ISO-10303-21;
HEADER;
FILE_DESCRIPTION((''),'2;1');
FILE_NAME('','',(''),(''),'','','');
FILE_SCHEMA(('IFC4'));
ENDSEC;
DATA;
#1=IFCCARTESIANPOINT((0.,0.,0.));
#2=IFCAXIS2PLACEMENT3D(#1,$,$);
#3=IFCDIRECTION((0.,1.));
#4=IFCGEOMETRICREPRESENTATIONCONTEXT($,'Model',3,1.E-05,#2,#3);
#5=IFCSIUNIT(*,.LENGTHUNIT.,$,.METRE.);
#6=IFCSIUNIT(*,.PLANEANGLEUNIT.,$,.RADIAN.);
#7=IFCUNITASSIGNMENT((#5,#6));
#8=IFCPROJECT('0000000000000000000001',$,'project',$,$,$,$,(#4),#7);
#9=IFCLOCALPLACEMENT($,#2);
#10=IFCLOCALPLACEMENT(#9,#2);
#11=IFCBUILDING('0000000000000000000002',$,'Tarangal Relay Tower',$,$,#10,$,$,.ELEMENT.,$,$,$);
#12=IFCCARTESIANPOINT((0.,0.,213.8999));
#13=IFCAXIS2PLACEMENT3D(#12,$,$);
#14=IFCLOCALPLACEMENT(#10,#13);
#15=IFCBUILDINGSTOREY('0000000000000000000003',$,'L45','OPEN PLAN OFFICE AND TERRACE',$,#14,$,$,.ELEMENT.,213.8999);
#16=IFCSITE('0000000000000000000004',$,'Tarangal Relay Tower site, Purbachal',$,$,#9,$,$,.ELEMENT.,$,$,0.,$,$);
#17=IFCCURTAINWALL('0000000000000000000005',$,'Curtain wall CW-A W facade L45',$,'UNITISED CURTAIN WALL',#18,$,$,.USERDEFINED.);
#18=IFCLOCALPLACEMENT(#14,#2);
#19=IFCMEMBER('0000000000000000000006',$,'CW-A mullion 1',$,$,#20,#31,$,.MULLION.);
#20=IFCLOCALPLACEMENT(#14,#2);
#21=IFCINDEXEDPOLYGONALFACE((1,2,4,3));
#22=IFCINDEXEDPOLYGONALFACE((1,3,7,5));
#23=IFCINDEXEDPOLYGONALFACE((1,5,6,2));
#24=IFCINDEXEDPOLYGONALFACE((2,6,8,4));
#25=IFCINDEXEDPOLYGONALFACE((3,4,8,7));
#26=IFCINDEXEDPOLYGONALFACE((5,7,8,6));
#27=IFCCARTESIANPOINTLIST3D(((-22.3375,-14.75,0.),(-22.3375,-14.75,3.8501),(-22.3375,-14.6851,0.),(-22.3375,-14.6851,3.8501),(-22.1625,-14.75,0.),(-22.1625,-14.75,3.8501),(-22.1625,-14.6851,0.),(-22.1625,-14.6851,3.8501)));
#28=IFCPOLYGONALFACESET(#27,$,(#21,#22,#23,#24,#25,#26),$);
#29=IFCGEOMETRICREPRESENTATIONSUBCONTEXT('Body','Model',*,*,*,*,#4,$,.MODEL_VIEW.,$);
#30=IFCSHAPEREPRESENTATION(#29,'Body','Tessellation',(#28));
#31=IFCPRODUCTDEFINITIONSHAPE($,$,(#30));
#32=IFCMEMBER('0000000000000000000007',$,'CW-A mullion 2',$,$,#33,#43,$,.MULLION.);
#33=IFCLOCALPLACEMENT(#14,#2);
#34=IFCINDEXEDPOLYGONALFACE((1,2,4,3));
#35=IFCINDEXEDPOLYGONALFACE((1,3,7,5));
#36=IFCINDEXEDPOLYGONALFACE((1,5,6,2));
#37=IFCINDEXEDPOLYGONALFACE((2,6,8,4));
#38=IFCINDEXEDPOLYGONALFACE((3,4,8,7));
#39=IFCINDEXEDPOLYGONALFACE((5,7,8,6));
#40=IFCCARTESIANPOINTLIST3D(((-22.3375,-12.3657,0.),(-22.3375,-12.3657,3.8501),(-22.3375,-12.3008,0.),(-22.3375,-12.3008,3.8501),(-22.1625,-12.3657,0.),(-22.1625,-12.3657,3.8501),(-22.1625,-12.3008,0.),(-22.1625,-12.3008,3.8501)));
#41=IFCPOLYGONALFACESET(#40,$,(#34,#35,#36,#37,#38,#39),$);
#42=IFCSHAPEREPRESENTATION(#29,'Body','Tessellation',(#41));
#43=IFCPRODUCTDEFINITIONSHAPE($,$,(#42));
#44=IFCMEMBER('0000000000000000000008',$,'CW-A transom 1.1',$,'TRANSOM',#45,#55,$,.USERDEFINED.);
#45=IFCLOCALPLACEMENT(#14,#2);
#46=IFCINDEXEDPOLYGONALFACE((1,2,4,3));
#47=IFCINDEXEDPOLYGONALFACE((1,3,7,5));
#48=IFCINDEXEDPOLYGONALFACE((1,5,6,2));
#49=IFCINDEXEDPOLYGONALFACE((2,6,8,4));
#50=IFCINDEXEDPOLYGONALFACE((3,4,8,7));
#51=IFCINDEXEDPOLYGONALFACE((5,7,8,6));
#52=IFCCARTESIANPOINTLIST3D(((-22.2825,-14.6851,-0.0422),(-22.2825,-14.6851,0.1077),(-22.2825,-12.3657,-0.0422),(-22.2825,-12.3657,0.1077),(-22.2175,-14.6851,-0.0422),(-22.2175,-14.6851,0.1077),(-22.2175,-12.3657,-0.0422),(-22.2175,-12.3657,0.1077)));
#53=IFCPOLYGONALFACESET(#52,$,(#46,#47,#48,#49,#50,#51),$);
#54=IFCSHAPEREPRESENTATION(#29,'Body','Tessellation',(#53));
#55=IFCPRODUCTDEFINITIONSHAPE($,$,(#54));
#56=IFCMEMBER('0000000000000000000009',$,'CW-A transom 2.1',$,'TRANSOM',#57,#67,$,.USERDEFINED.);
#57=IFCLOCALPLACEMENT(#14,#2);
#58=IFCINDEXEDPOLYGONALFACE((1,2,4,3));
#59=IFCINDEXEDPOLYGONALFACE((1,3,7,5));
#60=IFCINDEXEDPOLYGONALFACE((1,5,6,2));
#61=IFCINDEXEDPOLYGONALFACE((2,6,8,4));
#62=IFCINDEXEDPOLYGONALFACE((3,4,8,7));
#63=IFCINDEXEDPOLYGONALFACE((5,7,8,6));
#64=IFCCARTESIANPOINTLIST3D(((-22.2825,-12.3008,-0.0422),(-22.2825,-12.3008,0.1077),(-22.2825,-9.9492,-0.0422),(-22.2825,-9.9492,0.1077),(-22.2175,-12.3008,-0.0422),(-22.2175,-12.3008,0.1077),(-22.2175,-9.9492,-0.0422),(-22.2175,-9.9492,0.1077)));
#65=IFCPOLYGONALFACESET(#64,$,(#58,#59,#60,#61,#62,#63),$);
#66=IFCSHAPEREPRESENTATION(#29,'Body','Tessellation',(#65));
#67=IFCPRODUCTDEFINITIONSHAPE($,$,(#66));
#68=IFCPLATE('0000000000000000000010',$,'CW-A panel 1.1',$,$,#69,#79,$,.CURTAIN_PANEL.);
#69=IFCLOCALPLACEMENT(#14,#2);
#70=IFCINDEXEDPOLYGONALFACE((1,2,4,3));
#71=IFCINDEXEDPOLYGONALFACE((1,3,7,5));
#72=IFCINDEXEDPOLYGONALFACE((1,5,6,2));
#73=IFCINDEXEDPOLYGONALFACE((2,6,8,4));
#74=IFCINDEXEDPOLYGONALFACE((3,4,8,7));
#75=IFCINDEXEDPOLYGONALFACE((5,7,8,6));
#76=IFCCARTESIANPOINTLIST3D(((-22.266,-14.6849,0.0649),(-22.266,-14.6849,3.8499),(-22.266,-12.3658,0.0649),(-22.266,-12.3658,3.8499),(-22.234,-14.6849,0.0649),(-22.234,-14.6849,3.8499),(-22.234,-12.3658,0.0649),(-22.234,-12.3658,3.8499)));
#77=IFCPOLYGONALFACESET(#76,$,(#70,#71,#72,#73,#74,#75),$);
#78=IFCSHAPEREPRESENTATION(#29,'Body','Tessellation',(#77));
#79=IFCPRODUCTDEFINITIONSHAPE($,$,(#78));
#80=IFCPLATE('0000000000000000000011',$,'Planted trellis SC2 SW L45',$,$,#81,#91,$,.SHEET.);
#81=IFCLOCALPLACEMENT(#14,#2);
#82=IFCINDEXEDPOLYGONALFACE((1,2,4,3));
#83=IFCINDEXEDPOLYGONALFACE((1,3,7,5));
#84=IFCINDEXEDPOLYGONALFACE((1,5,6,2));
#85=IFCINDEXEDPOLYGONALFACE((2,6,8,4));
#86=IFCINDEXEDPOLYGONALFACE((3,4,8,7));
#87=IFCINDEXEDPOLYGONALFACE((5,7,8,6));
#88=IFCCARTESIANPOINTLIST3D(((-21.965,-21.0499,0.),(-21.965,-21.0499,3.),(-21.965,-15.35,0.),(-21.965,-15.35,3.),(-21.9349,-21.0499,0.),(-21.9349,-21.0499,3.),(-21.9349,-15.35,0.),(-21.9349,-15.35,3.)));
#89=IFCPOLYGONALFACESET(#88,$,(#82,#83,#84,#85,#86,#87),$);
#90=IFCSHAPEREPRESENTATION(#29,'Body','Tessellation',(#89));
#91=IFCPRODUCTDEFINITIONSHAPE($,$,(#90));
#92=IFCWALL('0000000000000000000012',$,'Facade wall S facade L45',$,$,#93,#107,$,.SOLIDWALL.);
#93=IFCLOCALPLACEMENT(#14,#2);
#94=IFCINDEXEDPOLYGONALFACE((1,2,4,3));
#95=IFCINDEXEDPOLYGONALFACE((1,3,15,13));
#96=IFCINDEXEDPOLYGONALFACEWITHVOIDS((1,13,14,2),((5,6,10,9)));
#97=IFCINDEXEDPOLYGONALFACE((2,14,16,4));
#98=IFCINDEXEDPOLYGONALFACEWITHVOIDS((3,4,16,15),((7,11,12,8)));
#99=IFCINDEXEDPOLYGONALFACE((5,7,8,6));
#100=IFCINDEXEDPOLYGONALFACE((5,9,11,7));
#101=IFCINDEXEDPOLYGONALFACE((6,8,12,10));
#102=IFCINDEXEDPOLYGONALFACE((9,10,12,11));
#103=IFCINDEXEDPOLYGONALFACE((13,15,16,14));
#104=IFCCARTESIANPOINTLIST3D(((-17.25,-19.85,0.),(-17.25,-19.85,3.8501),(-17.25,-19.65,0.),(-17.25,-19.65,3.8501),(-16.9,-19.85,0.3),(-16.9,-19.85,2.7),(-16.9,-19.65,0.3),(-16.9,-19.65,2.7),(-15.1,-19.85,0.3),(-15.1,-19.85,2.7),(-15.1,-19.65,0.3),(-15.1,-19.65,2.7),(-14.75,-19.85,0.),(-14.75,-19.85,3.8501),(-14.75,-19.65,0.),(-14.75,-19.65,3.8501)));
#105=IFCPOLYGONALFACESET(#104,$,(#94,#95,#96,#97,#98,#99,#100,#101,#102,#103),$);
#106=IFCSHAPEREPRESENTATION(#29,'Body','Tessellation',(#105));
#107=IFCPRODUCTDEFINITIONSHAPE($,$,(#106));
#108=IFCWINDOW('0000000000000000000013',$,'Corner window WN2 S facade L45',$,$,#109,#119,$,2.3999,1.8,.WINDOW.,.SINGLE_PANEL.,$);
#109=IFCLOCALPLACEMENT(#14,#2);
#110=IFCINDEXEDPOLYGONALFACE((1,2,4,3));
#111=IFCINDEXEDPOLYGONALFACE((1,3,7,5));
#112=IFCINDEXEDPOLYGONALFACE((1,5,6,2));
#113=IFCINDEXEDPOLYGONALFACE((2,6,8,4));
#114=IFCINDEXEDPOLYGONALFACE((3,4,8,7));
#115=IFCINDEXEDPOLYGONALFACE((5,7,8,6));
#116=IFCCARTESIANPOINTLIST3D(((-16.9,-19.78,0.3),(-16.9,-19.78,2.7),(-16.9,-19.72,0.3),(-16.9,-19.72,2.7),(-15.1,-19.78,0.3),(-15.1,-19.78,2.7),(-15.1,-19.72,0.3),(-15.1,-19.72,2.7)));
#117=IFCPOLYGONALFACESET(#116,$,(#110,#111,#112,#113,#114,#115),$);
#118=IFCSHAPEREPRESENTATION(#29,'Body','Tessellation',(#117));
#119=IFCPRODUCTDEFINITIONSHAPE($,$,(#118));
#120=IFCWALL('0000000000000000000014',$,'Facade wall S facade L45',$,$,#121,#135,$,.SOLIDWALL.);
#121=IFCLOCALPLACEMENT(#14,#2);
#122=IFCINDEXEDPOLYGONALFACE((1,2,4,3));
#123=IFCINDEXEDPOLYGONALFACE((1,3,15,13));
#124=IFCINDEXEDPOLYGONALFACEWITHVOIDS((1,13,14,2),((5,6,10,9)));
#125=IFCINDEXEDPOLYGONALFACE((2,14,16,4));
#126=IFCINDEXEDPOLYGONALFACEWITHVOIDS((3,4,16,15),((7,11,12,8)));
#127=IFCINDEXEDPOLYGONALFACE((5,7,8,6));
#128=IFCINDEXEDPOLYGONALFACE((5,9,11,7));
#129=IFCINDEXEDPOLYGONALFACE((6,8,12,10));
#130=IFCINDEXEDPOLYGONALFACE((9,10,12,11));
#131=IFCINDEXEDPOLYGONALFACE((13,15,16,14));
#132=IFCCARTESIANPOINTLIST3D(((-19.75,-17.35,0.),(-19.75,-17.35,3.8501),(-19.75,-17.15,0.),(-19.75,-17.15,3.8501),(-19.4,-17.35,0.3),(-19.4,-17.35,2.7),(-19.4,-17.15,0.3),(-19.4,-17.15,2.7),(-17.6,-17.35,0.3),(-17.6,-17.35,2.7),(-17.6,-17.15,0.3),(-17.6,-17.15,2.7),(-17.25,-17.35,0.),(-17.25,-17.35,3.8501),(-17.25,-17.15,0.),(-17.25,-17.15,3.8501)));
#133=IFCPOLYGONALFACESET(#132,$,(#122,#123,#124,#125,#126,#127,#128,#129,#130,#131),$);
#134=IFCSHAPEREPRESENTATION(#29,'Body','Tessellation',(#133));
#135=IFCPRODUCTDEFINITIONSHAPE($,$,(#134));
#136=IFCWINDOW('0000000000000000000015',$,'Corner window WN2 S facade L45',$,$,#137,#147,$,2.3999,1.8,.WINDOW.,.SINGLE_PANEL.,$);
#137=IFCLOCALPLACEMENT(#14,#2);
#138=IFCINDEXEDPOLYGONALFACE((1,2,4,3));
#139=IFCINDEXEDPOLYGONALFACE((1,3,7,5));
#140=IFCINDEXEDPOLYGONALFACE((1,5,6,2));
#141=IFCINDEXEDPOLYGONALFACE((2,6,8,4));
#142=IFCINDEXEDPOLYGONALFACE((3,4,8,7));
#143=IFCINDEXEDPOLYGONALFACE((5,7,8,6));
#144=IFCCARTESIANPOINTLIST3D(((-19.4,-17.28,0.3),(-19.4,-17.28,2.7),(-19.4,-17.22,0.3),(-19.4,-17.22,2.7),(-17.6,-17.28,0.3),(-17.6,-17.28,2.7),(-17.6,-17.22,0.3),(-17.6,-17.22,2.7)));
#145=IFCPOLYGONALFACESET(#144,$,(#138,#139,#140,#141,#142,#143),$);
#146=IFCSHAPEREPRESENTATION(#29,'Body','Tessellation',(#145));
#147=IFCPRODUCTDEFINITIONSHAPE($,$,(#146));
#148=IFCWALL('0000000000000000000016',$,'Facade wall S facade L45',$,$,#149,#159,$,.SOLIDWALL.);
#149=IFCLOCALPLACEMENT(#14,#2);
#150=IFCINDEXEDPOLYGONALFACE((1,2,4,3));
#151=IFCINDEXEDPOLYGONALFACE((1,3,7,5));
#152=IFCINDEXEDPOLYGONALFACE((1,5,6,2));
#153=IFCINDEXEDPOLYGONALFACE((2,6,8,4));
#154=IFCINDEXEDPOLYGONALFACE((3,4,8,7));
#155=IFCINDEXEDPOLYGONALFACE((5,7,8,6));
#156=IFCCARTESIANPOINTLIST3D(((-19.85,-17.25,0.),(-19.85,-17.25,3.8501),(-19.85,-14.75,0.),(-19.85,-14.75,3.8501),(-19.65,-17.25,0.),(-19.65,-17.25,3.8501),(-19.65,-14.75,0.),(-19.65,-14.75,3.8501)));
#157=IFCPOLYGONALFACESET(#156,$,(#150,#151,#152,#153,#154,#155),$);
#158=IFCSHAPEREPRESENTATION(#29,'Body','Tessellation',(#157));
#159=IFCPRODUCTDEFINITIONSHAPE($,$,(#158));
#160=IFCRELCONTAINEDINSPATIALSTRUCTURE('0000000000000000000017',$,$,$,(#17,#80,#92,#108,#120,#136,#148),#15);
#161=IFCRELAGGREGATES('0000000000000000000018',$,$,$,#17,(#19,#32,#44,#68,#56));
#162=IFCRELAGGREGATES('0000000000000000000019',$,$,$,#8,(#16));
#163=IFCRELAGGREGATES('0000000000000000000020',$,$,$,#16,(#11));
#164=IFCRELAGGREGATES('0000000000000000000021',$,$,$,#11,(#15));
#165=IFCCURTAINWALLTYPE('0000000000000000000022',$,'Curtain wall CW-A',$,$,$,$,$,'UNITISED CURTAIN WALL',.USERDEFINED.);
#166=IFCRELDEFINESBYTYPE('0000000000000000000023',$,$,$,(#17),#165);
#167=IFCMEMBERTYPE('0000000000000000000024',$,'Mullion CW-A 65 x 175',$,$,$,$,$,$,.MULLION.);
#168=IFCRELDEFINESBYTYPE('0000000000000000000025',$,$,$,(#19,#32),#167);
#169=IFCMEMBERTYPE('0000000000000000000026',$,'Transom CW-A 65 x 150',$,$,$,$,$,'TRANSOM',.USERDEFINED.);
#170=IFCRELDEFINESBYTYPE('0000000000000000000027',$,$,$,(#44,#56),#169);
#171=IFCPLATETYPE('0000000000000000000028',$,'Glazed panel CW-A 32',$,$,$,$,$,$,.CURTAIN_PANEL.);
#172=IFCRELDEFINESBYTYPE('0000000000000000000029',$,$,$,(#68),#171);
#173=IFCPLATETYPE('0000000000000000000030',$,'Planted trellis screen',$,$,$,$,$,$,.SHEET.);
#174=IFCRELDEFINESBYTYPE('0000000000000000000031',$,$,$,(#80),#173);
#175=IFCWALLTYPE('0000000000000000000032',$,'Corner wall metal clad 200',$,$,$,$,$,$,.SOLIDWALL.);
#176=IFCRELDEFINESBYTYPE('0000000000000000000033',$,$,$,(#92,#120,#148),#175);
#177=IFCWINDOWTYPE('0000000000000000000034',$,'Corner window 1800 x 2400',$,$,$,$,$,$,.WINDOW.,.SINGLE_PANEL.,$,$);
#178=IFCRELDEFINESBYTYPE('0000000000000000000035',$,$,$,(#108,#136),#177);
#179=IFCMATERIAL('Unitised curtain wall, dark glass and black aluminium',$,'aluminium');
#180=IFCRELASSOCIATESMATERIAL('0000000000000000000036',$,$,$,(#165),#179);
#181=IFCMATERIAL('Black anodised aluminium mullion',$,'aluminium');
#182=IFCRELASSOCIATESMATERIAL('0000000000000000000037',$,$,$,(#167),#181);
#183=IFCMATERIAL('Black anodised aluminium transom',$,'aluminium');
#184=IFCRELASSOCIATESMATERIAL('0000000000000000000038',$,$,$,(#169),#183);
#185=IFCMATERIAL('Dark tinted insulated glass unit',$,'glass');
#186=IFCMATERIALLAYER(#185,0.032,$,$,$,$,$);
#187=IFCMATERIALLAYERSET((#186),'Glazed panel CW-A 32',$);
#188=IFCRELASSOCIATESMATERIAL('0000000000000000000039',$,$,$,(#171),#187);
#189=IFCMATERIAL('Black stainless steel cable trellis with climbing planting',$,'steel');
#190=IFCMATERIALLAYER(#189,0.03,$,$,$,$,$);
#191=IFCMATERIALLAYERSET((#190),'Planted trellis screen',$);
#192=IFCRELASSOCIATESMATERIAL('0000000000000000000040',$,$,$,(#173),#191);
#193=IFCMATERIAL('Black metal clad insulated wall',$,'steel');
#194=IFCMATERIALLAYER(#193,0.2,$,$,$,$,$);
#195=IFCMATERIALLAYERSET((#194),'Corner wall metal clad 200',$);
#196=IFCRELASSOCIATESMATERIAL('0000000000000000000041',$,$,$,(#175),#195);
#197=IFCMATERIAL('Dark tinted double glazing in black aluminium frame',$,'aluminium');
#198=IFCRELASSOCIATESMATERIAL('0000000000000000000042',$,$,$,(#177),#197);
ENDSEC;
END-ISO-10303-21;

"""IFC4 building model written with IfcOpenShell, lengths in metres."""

from ifc_helpers import new_model, si_unit, direction, frame, frame_2d, origin, origin_2d, place, context, subcontext, project, spatial, rectangle, extrude, material, layer, layer_set, material_profile, profile_set, type_object, element, fill, aggregate, save


model = new_model("IFC4")

# Units and contexts
model_context = context("Model", 3, precision=1e-05, world=origin(), true_north=direction((0.0, 1.0)))
body_context = subcontext(model_context, "Body", "Model", "MODEL_VIEW")
ifc_project = project(units=[si_unit("LENGTHUNIT", "METRE"), si_unit("PLANEANGLEUNIT", "RADIAN")], contexts=[model_context])

# Site, building, storey
site_placement = place(None, origin())
site = spatial("IfcSite", under=ifc_project, at=site_placement, Name="Tarangal Relay Tower site, Purbachal", CompositionType="ELEMENT", RefElevation=0.0)
building_placement = place(site_placement, origin())
building = spatial("IfcBuilding", under=site, at=building_placement, Name="Tarangal Relay Tower", CompositionType="ELEMENT")
storey_placement = place(building_placement, frame((0.0, 0.0, 213.8999)))
storey = spatial("IfcBuildingStorey", under=building, at=storey_placement, Name="L45", Description="OPEN PLAN OFFICE AND TERRACE", CompositionType="ELEMENT", Elevation=213.8999)

# Curtain wall, members, plate
ifc_material_1 = material(Name="Unitised curtain wall, dark glass and black aluminium", Category="aluminium")
curtain_wall_type = type_object("IfcCurtainWallType", Name="Curtain wall CW-A", ElementType="UNITISED CURTAIN WALL", PredefinedType="USERDEFINED", material=ifc_material_1)
curtain_wall_placement = place(storey_placement, origin())
curtain_wall = element("IfcCurtainWall", 1, at=curtain_wall_placement, inside=storey, type_object=curtain_wall_type, Name="Curtain wall CW-A W facade L45", ObjectType="UNITISED CURTAIN WALL", PredefinedType="USERDEFINED")
ifc_material_2 = material(Name="Black anodised aluminium mullion", Category="aluminium")
ifc_material_profile_1 = material_profile(ifc_material_2, rectangle(XDim=0.175, YDim=0.0649, at=origin_2d()), Name="CW-AM 65X175")
ifc_profile_set_1 = profile_set([ifc_material_profile_1], Name="Black anodised aluminium mullion")
member_type_1 = type_object("IfcMemberType", Name="Mullion CW-A 65 x 175", PredefinedType="MULLION", material=ifc_profile_set_1)
member_1_placement = place(storey_placement, frame((-22.25, -14.7175, 0.0), z_axis=(0.0, 0.0, 1.0), x_axis=(-1.0, 0.0, 0.0)))
member_1 = element("IfcMember", 2, at=member_1_placement, type_object=member_type_1, Name="CW-A mullion 1", PredefinedType="MULLION", context=body_context, shape_type="SweptSolid", body=[
    extrude(rectangle(XDim=0.175, YDim=0.0649, at=origin_2d()), origin(), (0.0, 0.0, 1.0), 3.8501),
])
member_2_placement = place(storey_placement, frame((-22.25, -12.3333, 0.0), z_axis=(0.0, 0.0, 1.0), x_axis=(-1.0, 0.0, 0.0)))
member_2 = element("IfcMember", 3, at=member_2_placement, type_object=member_type_1, Name="CW-A mullion 2", PredefinedType="MULLION", context=body_context, shape_type="SweptSolid", body=[
    extrude(rectangle(XDim=0.175, YDim=0.0649, at=origin_2d()), origin(), (0.0, 0.0, 1.0), 3.8501),
])
ifc_material_3 = material(Name="Black anodised aluminium transom", Category="aluminium")
ifc_material_profile_2 = material_profile(ifc_material_3, rectangle(XDim=0.0649, YDim=0.1499, at=origin_2d()), Name="CW-AT 65X150")
ifc_profile_set_2 = profile_set([ifc_material_profile_2], Name="Black anodised aluminium transom")
member_type_2 = type_object("IfcMemberType", Name="Transom CW-A 65 x 150", ElementType="TRANSOM", PredefinedType="USERDEFINED", material=ifc_profile_set_2)
member_3_placement = place(storey_placement, frame((-22.25, -14.6851, 0.0327), z_axis=(0.0, 1.0, 0.0), x_axis=(-1.0, 0.0, 0.0)))
member_3 = element("IfcMember", 4, at=member_3_placement, type_object=member_type_2, Name="CW-A transom 1.1", ObjectType="TRANSOM", PredefinedType="USERDEFINED", context=body_context, shape_type="SweptSolid", body=[
    extrude(rectangle(XDim=0.0649, YDim=0.1499, at=origin_2d()), origin(), (0.0, 0.0, 1.0), 2.3193),
])
member_4_placement = place(storey_placement, frame((-22.25, -12.3008, 0.0327), z_axis=(0.0, 1.0, 0.0), x_axis=(-1.0, 0.0, 0.0)))
member_4 = element("IfcMember", 5, at=member_4_placement, type_object=member_type_2, Name="CW-A transom 2.1", ObjectType="TRANSOM", PredefinedType="USERDEFINED", context=body_context, shape_type="SweptSolid", body=[
    extrude(rectangle(XDim=0.0649, YDim=0.1499, at=origin_2d()), origin(), (0.0, 0.0, 1.0), 2.3516),
])
ifc_material_4 = material(Name="Dark tinted insulated glass unit", Category="glass")
ifc_layer_1 = layer(ifc_material_4, 0.032)
ifc_layer_set_1 = layer_set([ifc_layer_1], Name="Glazed panel CW-A 32")
plate_type_1 = type_object("IfcPlateType", Name="Glazed panel CW-A 32", PredefinedType="CURTAIN_PANEL", material=ifc_layer_set_1)
plate_1_placement = place(storey_placement, frame((-22.25, -13.5254, 0.0649), z_axis=(0.0, 0.0, 1.0), x_axis=(0.0, 1.0, 0.0)))
plate_1 = element("IfcPlate", 6, at=plate_1_placement, type_object=plate_type_1, Name="CW-A panel 1.1", PredefinedType="CURTAIN_PANEL", context=body_context, shape_type="SweptSolid", body=[
    extrude(rectangle(XDim=2.3191, YDim=0.032, at=origin_2d()), origin(), (0.0, 0.0, 1.0), 3.7849),
])
aggregate(curtain_wall, [member_1, member_2, member_3, plate_1, member_4])

# Plate
ifc_material_5 = material(Name="Black stainless steel cable trellis with climbing planting", Category="steel")
ifc_layer_2 = layer(ifc_material_5, 0.03)
ifc_layer_set_2 = layer_set([ifc_layer_2], Name="Planted trellis screen")
plate_type_2 = type_object("IfcPlateType", Name="Planted trellis screen", PredefinedType="SHEET", material=ifc_layer_set_2)
plate_2_placement = place(storey_placement, frame((-21.95, -18.2, 0.0), z_axis=(0.0, 0.0, 1.0), x_axis=(0.0, 1.0, 0.0)))
element("IfcPlate", 7, at=plate_2_placement, inside=storey, type_object=plate_type_2, Name="Planted trellis SC2 SW L45", PredefinedType="SHEET", context=body_context, shape_type="SweptSolid", body=[
    extrude(rectangle(XDim=5.7, YDim=0.03, at=origin_2d()), origin(), (0.0, 0.0, 1.0), 3.0),
])

# Wall, opening, window
ifc_material_6 = material(Name="Black metal clad insulated wall", Category="steel")
ifc_layer_3 = layer(ifc_material_6, 0.2)
ifc_layer_set_3 = layer_set([ifc_layer_3], Name="Corner wall metal clad 200")
wall_type_1 = type_object("IfcWallType", Name="Corner wall metal clad 200", PredefinedType="SOLIDWALL", material=ifc_layer_set_3)
wall_1_placement = place(storey_placement, frame((-14.75, -19.75, 0.0), z_axis=(0.0, 0.0, 1.0), x_axis=(-1.0, 0.0, 0.0)))
wall_1 = element("IfcWall", 8, at=wall_1_placement, inside=storey, type_object=wall_type_1, Name="Facade wall S facade L45", PredefinedType="SOLIDWALL", context=body_context, shape_type="SweptSolid", body=[
    extrude(rectangle(XDim=2.5, YDim=0.2, at=frame_2d((1.25, 0.0))), origin(), (0.0, 0.0, 1.0), 3.8501),
])
opening_1_placement = place(wall_1_placement, frame((0.3501, 0.0, 0.3)))
opening_1 = element("IfcOpeningElement", 9, at=opening_1_placement, cuts=wall_1, PredefinedType="OPENING", context=body_context, shape_type="SweptSolid", body=[
    extrude(rectangle(XDim=1.8, YDim=2.3999, at=frame_2d((0.8999, 1.2))), frame((0.0, 0.1099, 0.0), z_axis=(0.0, -1.0, 0.0), x_axis=(1.0, 0.0, 0.0)), (0.0, 0.0, 1.0), 0.22),
])
ifc_material_7 = material(Name="Dark tinted double glazing in black aluminium frame", Category="aluminium")
window_type = type_object("IfcWindowType", Name="Corner window 1800 x 2400", PartitioningType="SINGLE_PANEL", PredefinedType="WINDOW", material=ifc_material_7)
window_1_placement = place(opening_1_placement, origin())
window_1 = element("IfcWindow", 10, at=window_1_placement, inside=storey, type_object=window_type, Name="Corner window WN2 S facade L45", OverallHeight=2.3999, OverallWidth=1.8, PartitioningType="SINGLE_PANEL", PredefinedType="WINDOW", context=body_context, shape_type="SweptSolid", body=[
    extrude(rectangle(XDim=1.8, YDim=2.3999, at=frame_2d((0.8999, 1.2))), frame((0.0, 0.03, 0.0), z_axis=(0.0, -1.0, 0.0), x_axis=(1.0, 0.0, 0.0)), (0.0, 0.0, 1.0), 0.0601),
])
fill(opening_1, window_1)

# Wall, opening, window
wall_2_placement = place(storey_placement, frame((-17.25, -17.25, 0.0), z_axis=(0.0, 0.0, 1.0), x_axis=(-1.0, 0.0, 0.0)))
wall_2 = element("IfcWall", 11, at=wall_2_placement, inside=storey, type_object=wall_type_1, Name="Facade wall S facade L45", PredefinedType="SOLIDWALL", context=body_context, shape_type="SweptSolid", body=[
    extrude(rectangle(XDim=2.5, YDim=0.2, at=frame_2d((1.25, 0.0))), origin(), (0.0, 0.0, 1.0), 3.8501),
])
opening_2_placement = place(wall_2_placement, frame((0.3501, 0.0, 0.3)))
opening_2 = element("IfcOpeningElement", 12, at=opening_2_placement, cuts=wall_2, PredefinedType="OPENING", context=body_context, shape_type="SweptSolid", body=[
    extrude(rectangle(XDim=1.8, YDim=2.3999, at=frame_2d((0.8999, 1.2))), frame((0.0, 0.1099, 0.0), z_axis=(0.0, -1.0, 0.0), x_axis=(1.0, 0.0, 0.0)), (0.0, 0.0, 1.0), 0.22),
])
window_2_placement = place(opening_2_placement, origin())
window_2 = element("IfcWindow", 13, at=window_2_placement, inside=storey, type_object=window_type, Name="Corner window WN2 S facade L45", OverallHeight=2.3999, OverallWidth=1.8, PartitioningType="SINGLE_PANEL", PredefinedType="WINDOW", context=body_context, shape_type="SweptSolid", body=[
    extrude(rectangle(XDim=1.8, YDim=2.3999, at=frame_2d((0.8999, 1.2))), frame((0.0, 0.03, 0.0), z_axis=(0.0, -1.0, 0.0), x_axis=(1.0, 0.0, 0.0)), (0.0, 0.0, 1.0), 0.0601),
])
fill(opening_2, window_2)

# Wall
wall_3_placement = place(storey_placement, frame((-19.75, -17.25, 0.0), z_axis=(0.0, 0.0, 1.0), x_axis=(0.0, 1.0, 0.0)))
element("IfcWall", 14, at=wall_3_placement, inside=storey, type_object=wall_type_1, Name="Facade wall S facade L45", PredefinedType="SOLIDWALL", context=body_context, shape_type="SweptSolid", body=[
    extrude(rectangle(XDim=2.5, YDim=0.2, at=frame_2d((1.25, 0.0))), origin(), (0.0, 0.0, 1.0), 3.8501),
])

save(model, "model.ifc")
